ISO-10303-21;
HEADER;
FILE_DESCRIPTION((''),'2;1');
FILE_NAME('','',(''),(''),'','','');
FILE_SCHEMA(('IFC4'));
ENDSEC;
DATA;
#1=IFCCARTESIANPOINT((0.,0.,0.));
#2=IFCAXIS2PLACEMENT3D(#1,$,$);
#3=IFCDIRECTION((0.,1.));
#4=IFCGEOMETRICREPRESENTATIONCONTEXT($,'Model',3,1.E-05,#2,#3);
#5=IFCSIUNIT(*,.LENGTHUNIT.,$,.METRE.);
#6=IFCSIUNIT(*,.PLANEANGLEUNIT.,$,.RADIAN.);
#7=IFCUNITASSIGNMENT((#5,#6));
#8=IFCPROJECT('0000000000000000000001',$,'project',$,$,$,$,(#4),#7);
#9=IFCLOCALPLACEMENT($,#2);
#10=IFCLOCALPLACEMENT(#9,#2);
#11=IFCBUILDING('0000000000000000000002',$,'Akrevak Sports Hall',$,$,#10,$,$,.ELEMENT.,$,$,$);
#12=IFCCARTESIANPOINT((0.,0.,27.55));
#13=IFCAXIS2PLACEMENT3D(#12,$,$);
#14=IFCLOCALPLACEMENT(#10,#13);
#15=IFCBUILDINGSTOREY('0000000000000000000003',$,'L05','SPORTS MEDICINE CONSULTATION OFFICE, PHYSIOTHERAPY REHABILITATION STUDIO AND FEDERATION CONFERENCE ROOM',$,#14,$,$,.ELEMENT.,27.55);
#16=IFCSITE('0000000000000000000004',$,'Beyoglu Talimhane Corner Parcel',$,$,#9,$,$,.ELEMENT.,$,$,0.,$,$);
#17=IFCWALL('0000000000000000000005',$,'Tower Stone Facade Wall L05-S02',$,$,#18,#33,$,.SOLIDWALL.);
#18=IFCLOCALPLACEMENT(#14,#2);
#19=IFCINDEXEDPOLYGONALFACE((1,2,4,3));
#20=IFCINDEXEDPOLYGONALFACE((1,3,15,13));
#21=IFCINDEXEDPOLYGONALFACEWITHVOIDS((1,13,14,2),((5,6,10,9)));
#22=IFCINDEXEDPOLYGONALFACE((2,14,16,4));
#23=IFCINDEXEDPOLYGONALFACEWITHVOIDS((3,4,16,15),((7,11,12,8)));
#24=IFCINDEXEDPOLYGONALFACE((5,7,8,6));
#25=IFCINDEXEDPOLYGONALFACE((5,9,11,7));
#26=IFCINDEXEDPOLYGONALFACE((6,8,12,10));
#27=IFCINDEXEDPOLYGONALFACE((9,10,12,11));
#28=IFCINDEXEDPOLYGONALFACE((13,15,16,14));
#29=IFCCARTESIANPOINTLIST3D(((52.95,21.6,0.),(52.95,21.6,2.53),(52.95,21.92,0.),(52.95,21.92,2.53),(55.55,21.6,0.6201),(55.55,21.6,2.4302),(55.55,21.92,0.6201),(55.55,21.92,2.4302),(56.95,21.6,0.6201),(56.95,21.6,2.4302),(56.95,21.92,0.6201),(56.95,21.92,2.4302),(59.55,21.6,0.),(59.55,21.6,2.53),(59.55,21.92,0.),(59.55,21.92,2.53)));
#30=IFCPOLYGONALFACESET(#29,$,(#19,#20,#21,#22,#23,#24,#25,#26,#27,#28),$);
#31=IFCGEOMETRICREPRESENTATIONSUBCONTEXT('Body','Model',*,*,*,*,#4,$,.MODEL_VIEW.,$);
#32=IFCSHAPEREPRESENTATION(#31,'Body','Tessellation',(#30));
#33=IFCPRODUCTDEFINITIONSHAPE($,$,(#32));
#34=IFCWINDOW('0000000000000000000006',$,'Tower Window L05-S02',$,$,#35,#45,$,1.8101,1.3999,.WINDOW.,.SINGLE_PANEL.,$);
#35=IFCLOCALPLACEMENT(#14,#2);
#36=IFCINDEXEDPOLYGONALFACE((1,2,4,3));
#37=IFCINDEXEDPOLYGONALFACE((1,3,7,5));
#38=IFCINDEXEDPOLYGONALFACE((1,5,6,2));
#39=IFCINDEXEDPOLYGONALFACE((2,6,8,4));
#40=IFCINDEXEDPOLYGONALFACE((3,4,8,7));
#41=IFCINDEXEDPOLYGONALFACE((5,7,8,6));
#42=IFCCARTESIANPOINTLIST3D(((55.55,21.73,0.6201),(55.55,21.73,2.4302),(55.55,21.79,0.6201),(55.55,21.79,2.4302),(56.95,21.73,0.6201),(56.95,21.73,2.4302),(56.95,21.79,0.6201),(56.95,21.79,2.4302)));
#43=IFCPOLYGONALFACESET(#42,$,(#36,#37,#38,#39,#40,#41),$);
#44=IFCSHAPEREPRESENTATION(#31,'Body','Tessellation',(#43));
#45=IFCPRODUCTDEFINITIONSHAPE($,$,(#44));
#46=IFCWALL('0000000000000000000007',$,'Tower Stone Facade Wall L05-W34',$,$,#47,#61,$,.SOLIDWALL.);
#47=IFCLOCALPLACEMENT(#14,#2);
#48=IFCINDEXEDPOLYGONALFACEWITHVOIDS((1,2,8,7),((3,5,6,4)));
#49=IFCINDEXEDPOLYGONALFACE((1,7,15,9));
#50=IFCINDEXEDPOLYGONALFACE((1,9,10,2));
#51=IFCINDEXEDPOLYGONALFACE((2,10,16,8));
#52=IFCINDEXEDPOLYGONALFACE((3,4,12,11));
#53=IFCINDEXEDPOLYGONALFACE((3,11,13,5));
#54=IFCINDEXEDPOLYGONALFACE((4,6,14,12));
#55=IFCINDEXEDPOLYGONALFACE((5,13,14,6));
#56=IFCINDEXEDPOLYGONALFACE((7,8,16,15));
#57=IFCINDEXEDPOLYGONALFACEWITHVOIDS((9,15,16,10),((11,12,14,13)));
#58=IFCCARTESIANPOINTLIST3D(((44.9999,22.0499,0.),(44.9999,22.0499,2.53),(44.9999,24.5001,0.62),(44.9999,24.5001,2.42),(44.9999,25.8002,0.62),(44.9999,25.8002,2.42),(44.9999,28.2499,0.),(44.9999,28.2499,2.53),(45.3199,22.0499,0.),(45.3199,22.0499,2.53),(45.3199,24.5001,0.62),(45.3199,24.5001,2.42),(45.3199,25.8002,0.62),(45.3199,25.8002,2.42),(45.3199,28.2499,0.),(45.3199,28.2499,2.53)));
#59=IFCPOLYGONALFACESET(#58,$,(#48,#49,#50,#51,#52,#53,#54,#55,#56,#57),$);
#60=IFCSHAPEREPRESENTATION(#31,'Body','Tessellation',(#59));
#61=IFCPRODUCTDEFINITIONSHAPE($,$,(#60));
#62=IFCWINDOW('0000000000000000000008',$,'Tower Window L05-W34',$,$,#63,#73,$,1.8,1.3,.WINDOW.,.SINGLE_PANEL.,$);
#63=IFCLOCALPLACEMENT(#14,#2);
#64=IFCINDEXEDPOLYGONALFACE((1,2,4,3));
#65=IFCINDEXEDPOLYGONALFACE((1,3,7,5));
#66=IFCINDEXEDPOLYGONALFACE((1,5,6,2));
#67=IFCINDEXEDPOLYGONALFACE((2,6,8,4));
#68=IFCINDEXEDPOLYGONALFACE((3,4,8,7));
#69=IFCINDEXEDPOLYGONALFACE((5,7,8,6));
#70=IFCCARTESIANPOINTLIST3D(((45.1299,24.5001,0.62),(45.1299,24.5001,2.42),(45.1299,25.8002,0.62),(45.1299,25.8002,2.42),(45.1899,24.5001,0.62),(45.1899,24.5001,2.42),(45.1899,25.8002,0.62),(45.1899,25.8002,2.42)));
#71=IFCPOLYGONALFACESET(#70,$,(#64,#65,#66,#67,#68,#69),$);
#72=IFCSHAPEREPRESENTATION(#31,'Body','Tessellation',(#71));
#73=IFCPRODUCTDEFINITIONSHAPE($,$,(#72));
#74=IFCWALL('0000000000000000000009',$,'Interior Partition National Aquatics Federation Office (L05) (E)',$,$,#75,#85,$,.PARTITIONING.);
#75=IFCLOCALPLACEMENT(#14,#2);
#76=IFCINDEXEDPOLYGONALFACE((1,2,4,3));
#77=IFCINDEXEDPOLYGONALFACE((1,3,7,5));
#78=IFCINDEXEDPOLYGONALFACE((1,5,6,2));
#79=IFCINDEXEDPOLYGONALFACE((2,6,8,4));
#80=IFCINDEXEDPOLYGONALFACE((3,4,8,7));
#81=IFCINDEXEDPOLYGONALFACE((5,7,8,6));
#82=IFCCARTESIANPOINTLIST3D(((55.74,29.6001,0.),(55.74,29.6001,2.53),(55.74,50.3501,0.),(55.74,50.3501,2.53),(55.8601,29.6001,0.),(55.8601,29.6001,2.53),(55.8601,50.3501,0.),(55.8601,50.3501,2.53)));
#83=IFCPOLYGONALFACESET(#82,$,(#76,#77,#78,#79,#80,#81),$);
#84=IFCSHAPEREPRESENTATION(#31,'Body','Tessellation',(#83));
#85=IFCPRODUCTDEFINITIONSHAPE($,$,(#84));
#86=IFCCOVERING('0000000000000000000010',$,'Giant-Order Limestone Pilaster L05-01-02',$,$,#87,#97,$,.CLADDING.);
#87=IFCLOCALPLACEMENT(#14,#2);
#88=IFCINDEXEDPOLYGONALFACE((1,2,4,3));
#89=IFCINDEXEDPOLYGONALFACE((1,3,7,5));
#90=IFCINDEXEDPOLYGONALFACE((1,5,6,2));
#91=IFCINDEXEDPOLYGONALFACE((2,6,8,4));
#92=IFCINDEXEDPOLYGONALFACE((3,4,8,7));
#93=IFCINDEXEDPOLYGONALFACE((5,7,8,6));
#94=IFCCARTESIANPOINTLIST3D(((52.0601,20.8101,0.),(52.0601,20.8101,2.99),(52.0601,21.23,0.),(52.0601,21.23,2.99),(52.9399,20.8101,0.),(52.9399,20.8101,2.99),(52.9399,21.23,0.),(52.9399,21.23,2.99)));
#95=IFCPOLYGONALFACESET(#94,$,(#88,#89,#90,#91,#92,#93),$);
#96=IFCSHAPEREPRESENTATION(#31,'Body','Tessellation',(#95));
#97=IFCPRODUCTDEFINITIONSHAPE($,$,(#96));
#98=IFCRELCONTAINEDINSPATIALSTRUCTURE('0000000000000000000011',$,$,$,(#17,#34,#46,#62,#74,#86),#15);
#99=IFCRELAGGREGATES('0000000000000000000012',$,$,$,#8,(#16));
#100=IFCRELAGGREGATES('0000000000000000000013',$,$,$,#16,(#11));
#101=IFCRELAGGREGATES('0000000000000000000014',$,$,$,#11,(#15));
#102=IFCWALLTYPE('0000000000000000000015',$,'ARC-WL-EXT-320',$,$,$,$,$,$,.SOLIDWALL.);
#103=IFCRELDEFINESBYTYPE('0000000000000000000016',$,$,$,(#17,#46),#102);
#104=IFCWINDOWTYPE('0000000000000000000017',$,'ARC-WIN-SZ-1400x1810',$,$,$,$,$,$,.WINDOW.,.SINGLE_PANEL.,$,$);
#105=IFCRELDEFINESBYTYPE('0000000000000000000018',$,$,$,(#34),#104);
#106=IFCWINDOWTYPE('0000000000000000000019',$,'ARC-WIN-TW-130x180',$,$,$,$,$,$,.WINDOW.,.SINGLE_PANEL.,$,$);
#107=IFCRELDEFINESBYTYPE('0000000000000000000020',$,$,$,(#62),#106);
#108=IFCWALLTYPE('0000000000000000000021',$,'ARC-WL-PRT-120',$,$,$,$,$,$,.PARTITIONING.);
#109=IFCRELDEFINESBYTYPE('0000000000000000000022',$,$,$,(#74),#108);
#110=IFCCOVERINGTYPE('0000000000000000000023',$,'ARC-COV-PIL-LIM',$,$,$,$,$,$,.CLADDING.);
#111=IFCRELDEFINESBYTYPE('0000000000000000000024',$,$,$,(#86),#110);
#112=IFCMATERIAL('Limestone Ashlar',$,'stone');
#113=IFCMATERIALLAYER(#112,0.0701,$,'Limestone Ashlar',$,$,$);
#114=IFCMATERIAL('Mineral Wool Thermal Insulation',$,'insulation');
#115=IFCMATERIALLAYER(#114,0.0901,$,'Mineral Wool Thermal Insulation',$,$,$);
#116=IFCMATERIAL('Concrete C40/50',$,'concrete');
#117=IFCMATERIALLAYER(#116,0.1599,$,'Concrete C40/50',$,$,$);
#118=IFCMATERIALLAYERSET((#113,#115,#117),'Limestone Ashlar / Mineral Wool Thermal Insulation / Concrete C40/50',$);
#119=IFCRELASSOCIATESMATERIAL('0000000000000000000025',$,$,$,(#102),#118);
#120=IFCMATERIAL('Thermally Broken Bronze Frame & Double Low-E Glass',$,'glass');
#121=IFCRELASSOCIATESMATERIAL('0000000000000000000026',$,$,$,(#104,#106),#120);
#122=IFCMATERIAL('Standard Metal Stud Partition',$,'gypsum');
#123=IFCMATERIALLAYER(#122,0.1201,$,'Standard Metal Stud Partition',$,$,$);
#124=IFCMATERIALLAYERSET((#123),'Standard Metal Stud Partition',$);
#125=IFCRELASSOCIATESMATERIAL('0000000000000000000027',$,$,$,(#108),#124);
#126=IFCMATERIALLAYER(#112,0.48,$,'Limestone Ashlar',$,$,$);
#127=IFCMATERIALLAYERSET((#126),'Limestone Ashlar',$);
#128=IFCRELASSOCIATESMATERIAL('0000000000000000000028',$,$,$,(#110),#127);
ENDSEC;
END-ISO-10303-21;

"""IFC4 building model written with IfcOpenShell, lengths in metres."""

from ifc_helpers import new_model, si_unit, direction, frame, frame_2d, origin, origin_2d, place, context, subcontext, project, spatial, rectangle, extrude, material, layer, layer_set, type_object, element, fill, save


model = new_model("IFC4")

# Units and contexts
model_context = context("Model", 3, precision=1e-05, world=origin(), true_north=direction((0.0, 1.0)))
body_context = subcontext(model_context, "Body", "Model", "MODEL_VIEW")
ifc_project = project(units=[si_unit("LENGTHUNIT", "METRE"), si_unit("PLANEANGLEUNIT", "RADIAN")], contexts=[model_context])

# Site, building, storey
site_placement = place(None, origin())
site = spatial("IfcSite", under=ifc_project, at=site_placement, Name="Beyoglu Talimhane Corner Parcel", CompositionType="ELEMENT", RefElevation=0.0)
building_placement = place(site_placement, origin())
building = spatial("IfcBuilding", under=site, at=building_placement, Name="Akrevak Sports Hall", CompositionType="ELEMENT")
storey_placement = place(building_placement, frame((0.0, 0.0, 27.55)))
storey = spatial("IfcBuildingStorey", under=building, at=storey_placement, Name="L05", Description="SPORTS MEDICINE CONSULTATION OFFICE, PHYSIOTHERAPY REHABILITATION STUDIO AND FEDERATION CONFERENCE ROOM", CompositionType="ELEMENT", Elevation=27.55)

# Shared definitions
ifc_material_1 = material(Name="Concrete C40/50", Category="concrete")

# Walls, openings, windows
ifc_material_2 = material(Name="Limestone Ashlar", Category="stone")
ifc_layer_1 = layer(ifc_material_2, 0.0701, Name="Limestone Ashlar")
ifc_material_3 = material(Name="Mineral Wool Thermal Insulation", Category="insulation")
ifc_layer_2 = layer(ifc_material_3, 0.0901, Name="Mineral Wool Thermal Insulation")
ifc_layer_3 = layer(ifc_material_1, 0.1599, Name="Concrete C40/50")
ifc_layer_set_1 = layer_set([ifc_layer_1, ifc_layer_2, ifc_layer_3], Name="Limestone Ashlar / Mineral Wool Thermal Insulation / Concrete C40/50")
wall_type_1 = type_object("IfcWallType", Name="ARC-WL-EXT-320", PredefinedType="SOLIDWALL", material=ifc_layer_set_1)
ifc_material_4 = material(Name="Thermally Broken Bronze Frame & Double Low-E Glass", Category="glass")
wall_1_placement = place(storey_placement, frame((52.95, 21.76, 0.0), z_axis=(0.0, 0.0, 1.0), x_axis=(1.0, 0.0, 0.0)))
wall_1 = element("IfcWall", 1, at=wall_1_placement, inside=storey, type_object=wall_type_1, Name="Tower Stone Facade Wall L05-S02", PredefinedType="SOLIDWALL", context=body_context, shape_type="SweptSolid", body=[
    extrude(rectangle(XDim=6.6001, YDim=0.3201, at=frame_2d((3.3, 0.0))), origin(), (0.0, 0.0, 1.0), 2.53),
])
opening_1_placement = place(wall_1_placement, frame((2.6001, 0.0, 0.6201)))
opening_1 = element("IfcOpeningElement", 2, at=opening_1_placement, cuts=wall_1, PredefinedType="OPENING", context=body_context, shape_type="SweptSolid", body=[
    extrude(rectangle(XDim=1.3999, YDim=1.8101, at=frame_2d((0.7, 0.905))), frame((0.0, 0.1719, 0.0), z_axis=(0.0, -1.0, 0.0), x_axis=(1.0, 0.0, 0.0)), (0.0, 0.0, 1.0), 0.344),
])
window_type_1 = type_object("IfcWindowType", Name="ARC-WIN-SZ-1400x1810", PartitioningType="SINGLE_PANEL", PredefinedType="WINDOW", material=ifc_material_4)
window_1_placement = place(opening_1_placement, origin())
window_1 = element("IfcWindow", 3, at=window_1_placement, inside=storey, type_object=window_type_1, Name="Tower Window L05-S02", OverallHeight=1.8101, OverallWidth=1.3999, PartitioningType="SINGLE_PANEL", PredefinedType="WINDOW", context=body_context, shape_type="SweptSolid", body=[
    extrude(rectangle(XDim=1.3999, YDim=1.8101, at=frame_2d((0.7, 0.905))), frame((0.0, 0.03, 0.0), z_axis=(0.0, -1.0, 0.0), x_axis=(1.0, 0.0, 0.0)), (0.0, 0.0, 1.0), 0.0601),
])
fill(opening_1, window_1)
wall_2_placement = place(storey_placement, frame((45.1599, 28.25, 0.0), z_axis=(0.0, 0.0, 1.0), x_axis=(0.0, -1.0, 0.0)))
wall_2 = element("IfcWall", 4, at=wall_2_placement, inside=storey, type_object=wall_type_1, Name="Tower Stone Facade Wall L05-W34", PredefinedType="SOLIDWALL", context=body_context, shape_type="SweptSolid", body=[
    extrude(rectangle(XDim=6.2, YDim=0.3201, at=frame_2d((3.1001, 0.0))), origin(), (0.0, 0.0, 1.0), 2.53),
])
opening_2_placement = place(wall_2_placement, frame((2.45, 0.0, 0.6201)))
opening_2 = element("IfcOpeningElement", 5, at=opening_2_placement, cuts=wall_2, PredefinedType="OPENING", context=body_context, shape_type="SweptSolid", body=[
    extrude(rectangle(XDim=1.3, YDim=1.8, at=frame_2d((0.6499, 0.8999))), frame((0.0, 0.1719, 0.0), z_axis=(0.0, -1.0, 0.0), x_axis=(1.0, 0.0, 0.0)), (0.0, 0.0, 1.0), 0.344),
])
window_type_2 = type_object("IfcWindowType", Name="ARC-WIN-TW-130x180", PartitioningType="SINGLE_PANEL", PredefinedType="WINDOW", material=ifc_material_4)
window_2_placement = place(opening_2_placement, origin())
window_2 = element("IfcWindow", 6, at=window_2_placement, inside=storey, type_object=window_type_2, Name="Tower Window L05-W34", OverallHeight=1.8, OverallWidth=1.3, PartitioningType="SINGLE_PANEL", PredefinedType="WINDOW", context=body_context, shape_type="SweptSolid", body=[
    extrude(rectangle(XDim=1.3, YDim=1.8, at=frame_2d((0.6499, 0.8999))), frame((0.0, 0.03, 0.0), z_axis=(0.0, -1.0, 0.0), x_axis=(1.0, 0.0, 0.0)), (0.0, 0.0, 1.0), 0.0601),
])
fill(opening_2, window_2)

# Wall
ifc_material_5 = material(Name="Standard Metal Stud Partition", Category="gypsum")
ifc_layer_4 = layer(ifc_material_5, 0.1201, Name="Standard Metal Stud Partition")
ifc_layer_set_2 = layer_set([ifc_layer_4], Name="Standard Metal Stud Partition")
wall_type_2 = type_object("IfcWallType", Name="ARC-WL-PRT-120", PredefinedType="PARTITIONING", material=ifc_layer_set_2)
wall_3_placement = place(storey_placement, frame((55.8, 29.6001, 0.0), z_axis=(0.0, 0.0, 1.0), x_axis=(0.0, 1.0, 0.0)))
element("IfcWall", 7, at=wall_3_placement, inside=storey, type_object=wall_type_2, Name="Interior Partition National Aquatics Federation Office (L05) (E)", PredefinedType="PARTITIONING", context=body_context, shape_type="SweptSolid", body=[
    extrude(rectangle(XDim=20.75, YDim=0.1201, at=frame_2d((10.375, 0.0))), origin(), (0.0, 0.0, 1.0), 2.53),
])

# Covering
ifc_layer_5 = layer(ifc_material_2, 0.48, Name="Limestone Ashlar")
ifc_layer_set_3 = layer_set([ifc_layer_5], Name="Limestone Ashlar")
covering_type = type_object("IfcCoveringType", Name="ARC-COV-PIL-LIM", PredefinedType="CLADDING", material=ifc_layer_set_3)
covering_placement = place(storey_placement, frame((52.5, 21.02, 0.0), z_axis=(0.0, 0.0, 1.0), x_axis=(1.0, 0.0, 0.0)))
element("IfcCovering", 8, at=covering_placement, inside=storey, type_object=covering_type, Name="Giant-Order Limestone Pilaster L05-01-02", PredefinedType="CLADDING", context=body_context, shape_type="SweptSolid", body=[
    extrude(rectangle(XDim=0.8799, YDim=0.4199, at=origin_2d()), origin(), (0.0, 0.0, 1.0), 2.99),
])

save(model, "model.ifc")
